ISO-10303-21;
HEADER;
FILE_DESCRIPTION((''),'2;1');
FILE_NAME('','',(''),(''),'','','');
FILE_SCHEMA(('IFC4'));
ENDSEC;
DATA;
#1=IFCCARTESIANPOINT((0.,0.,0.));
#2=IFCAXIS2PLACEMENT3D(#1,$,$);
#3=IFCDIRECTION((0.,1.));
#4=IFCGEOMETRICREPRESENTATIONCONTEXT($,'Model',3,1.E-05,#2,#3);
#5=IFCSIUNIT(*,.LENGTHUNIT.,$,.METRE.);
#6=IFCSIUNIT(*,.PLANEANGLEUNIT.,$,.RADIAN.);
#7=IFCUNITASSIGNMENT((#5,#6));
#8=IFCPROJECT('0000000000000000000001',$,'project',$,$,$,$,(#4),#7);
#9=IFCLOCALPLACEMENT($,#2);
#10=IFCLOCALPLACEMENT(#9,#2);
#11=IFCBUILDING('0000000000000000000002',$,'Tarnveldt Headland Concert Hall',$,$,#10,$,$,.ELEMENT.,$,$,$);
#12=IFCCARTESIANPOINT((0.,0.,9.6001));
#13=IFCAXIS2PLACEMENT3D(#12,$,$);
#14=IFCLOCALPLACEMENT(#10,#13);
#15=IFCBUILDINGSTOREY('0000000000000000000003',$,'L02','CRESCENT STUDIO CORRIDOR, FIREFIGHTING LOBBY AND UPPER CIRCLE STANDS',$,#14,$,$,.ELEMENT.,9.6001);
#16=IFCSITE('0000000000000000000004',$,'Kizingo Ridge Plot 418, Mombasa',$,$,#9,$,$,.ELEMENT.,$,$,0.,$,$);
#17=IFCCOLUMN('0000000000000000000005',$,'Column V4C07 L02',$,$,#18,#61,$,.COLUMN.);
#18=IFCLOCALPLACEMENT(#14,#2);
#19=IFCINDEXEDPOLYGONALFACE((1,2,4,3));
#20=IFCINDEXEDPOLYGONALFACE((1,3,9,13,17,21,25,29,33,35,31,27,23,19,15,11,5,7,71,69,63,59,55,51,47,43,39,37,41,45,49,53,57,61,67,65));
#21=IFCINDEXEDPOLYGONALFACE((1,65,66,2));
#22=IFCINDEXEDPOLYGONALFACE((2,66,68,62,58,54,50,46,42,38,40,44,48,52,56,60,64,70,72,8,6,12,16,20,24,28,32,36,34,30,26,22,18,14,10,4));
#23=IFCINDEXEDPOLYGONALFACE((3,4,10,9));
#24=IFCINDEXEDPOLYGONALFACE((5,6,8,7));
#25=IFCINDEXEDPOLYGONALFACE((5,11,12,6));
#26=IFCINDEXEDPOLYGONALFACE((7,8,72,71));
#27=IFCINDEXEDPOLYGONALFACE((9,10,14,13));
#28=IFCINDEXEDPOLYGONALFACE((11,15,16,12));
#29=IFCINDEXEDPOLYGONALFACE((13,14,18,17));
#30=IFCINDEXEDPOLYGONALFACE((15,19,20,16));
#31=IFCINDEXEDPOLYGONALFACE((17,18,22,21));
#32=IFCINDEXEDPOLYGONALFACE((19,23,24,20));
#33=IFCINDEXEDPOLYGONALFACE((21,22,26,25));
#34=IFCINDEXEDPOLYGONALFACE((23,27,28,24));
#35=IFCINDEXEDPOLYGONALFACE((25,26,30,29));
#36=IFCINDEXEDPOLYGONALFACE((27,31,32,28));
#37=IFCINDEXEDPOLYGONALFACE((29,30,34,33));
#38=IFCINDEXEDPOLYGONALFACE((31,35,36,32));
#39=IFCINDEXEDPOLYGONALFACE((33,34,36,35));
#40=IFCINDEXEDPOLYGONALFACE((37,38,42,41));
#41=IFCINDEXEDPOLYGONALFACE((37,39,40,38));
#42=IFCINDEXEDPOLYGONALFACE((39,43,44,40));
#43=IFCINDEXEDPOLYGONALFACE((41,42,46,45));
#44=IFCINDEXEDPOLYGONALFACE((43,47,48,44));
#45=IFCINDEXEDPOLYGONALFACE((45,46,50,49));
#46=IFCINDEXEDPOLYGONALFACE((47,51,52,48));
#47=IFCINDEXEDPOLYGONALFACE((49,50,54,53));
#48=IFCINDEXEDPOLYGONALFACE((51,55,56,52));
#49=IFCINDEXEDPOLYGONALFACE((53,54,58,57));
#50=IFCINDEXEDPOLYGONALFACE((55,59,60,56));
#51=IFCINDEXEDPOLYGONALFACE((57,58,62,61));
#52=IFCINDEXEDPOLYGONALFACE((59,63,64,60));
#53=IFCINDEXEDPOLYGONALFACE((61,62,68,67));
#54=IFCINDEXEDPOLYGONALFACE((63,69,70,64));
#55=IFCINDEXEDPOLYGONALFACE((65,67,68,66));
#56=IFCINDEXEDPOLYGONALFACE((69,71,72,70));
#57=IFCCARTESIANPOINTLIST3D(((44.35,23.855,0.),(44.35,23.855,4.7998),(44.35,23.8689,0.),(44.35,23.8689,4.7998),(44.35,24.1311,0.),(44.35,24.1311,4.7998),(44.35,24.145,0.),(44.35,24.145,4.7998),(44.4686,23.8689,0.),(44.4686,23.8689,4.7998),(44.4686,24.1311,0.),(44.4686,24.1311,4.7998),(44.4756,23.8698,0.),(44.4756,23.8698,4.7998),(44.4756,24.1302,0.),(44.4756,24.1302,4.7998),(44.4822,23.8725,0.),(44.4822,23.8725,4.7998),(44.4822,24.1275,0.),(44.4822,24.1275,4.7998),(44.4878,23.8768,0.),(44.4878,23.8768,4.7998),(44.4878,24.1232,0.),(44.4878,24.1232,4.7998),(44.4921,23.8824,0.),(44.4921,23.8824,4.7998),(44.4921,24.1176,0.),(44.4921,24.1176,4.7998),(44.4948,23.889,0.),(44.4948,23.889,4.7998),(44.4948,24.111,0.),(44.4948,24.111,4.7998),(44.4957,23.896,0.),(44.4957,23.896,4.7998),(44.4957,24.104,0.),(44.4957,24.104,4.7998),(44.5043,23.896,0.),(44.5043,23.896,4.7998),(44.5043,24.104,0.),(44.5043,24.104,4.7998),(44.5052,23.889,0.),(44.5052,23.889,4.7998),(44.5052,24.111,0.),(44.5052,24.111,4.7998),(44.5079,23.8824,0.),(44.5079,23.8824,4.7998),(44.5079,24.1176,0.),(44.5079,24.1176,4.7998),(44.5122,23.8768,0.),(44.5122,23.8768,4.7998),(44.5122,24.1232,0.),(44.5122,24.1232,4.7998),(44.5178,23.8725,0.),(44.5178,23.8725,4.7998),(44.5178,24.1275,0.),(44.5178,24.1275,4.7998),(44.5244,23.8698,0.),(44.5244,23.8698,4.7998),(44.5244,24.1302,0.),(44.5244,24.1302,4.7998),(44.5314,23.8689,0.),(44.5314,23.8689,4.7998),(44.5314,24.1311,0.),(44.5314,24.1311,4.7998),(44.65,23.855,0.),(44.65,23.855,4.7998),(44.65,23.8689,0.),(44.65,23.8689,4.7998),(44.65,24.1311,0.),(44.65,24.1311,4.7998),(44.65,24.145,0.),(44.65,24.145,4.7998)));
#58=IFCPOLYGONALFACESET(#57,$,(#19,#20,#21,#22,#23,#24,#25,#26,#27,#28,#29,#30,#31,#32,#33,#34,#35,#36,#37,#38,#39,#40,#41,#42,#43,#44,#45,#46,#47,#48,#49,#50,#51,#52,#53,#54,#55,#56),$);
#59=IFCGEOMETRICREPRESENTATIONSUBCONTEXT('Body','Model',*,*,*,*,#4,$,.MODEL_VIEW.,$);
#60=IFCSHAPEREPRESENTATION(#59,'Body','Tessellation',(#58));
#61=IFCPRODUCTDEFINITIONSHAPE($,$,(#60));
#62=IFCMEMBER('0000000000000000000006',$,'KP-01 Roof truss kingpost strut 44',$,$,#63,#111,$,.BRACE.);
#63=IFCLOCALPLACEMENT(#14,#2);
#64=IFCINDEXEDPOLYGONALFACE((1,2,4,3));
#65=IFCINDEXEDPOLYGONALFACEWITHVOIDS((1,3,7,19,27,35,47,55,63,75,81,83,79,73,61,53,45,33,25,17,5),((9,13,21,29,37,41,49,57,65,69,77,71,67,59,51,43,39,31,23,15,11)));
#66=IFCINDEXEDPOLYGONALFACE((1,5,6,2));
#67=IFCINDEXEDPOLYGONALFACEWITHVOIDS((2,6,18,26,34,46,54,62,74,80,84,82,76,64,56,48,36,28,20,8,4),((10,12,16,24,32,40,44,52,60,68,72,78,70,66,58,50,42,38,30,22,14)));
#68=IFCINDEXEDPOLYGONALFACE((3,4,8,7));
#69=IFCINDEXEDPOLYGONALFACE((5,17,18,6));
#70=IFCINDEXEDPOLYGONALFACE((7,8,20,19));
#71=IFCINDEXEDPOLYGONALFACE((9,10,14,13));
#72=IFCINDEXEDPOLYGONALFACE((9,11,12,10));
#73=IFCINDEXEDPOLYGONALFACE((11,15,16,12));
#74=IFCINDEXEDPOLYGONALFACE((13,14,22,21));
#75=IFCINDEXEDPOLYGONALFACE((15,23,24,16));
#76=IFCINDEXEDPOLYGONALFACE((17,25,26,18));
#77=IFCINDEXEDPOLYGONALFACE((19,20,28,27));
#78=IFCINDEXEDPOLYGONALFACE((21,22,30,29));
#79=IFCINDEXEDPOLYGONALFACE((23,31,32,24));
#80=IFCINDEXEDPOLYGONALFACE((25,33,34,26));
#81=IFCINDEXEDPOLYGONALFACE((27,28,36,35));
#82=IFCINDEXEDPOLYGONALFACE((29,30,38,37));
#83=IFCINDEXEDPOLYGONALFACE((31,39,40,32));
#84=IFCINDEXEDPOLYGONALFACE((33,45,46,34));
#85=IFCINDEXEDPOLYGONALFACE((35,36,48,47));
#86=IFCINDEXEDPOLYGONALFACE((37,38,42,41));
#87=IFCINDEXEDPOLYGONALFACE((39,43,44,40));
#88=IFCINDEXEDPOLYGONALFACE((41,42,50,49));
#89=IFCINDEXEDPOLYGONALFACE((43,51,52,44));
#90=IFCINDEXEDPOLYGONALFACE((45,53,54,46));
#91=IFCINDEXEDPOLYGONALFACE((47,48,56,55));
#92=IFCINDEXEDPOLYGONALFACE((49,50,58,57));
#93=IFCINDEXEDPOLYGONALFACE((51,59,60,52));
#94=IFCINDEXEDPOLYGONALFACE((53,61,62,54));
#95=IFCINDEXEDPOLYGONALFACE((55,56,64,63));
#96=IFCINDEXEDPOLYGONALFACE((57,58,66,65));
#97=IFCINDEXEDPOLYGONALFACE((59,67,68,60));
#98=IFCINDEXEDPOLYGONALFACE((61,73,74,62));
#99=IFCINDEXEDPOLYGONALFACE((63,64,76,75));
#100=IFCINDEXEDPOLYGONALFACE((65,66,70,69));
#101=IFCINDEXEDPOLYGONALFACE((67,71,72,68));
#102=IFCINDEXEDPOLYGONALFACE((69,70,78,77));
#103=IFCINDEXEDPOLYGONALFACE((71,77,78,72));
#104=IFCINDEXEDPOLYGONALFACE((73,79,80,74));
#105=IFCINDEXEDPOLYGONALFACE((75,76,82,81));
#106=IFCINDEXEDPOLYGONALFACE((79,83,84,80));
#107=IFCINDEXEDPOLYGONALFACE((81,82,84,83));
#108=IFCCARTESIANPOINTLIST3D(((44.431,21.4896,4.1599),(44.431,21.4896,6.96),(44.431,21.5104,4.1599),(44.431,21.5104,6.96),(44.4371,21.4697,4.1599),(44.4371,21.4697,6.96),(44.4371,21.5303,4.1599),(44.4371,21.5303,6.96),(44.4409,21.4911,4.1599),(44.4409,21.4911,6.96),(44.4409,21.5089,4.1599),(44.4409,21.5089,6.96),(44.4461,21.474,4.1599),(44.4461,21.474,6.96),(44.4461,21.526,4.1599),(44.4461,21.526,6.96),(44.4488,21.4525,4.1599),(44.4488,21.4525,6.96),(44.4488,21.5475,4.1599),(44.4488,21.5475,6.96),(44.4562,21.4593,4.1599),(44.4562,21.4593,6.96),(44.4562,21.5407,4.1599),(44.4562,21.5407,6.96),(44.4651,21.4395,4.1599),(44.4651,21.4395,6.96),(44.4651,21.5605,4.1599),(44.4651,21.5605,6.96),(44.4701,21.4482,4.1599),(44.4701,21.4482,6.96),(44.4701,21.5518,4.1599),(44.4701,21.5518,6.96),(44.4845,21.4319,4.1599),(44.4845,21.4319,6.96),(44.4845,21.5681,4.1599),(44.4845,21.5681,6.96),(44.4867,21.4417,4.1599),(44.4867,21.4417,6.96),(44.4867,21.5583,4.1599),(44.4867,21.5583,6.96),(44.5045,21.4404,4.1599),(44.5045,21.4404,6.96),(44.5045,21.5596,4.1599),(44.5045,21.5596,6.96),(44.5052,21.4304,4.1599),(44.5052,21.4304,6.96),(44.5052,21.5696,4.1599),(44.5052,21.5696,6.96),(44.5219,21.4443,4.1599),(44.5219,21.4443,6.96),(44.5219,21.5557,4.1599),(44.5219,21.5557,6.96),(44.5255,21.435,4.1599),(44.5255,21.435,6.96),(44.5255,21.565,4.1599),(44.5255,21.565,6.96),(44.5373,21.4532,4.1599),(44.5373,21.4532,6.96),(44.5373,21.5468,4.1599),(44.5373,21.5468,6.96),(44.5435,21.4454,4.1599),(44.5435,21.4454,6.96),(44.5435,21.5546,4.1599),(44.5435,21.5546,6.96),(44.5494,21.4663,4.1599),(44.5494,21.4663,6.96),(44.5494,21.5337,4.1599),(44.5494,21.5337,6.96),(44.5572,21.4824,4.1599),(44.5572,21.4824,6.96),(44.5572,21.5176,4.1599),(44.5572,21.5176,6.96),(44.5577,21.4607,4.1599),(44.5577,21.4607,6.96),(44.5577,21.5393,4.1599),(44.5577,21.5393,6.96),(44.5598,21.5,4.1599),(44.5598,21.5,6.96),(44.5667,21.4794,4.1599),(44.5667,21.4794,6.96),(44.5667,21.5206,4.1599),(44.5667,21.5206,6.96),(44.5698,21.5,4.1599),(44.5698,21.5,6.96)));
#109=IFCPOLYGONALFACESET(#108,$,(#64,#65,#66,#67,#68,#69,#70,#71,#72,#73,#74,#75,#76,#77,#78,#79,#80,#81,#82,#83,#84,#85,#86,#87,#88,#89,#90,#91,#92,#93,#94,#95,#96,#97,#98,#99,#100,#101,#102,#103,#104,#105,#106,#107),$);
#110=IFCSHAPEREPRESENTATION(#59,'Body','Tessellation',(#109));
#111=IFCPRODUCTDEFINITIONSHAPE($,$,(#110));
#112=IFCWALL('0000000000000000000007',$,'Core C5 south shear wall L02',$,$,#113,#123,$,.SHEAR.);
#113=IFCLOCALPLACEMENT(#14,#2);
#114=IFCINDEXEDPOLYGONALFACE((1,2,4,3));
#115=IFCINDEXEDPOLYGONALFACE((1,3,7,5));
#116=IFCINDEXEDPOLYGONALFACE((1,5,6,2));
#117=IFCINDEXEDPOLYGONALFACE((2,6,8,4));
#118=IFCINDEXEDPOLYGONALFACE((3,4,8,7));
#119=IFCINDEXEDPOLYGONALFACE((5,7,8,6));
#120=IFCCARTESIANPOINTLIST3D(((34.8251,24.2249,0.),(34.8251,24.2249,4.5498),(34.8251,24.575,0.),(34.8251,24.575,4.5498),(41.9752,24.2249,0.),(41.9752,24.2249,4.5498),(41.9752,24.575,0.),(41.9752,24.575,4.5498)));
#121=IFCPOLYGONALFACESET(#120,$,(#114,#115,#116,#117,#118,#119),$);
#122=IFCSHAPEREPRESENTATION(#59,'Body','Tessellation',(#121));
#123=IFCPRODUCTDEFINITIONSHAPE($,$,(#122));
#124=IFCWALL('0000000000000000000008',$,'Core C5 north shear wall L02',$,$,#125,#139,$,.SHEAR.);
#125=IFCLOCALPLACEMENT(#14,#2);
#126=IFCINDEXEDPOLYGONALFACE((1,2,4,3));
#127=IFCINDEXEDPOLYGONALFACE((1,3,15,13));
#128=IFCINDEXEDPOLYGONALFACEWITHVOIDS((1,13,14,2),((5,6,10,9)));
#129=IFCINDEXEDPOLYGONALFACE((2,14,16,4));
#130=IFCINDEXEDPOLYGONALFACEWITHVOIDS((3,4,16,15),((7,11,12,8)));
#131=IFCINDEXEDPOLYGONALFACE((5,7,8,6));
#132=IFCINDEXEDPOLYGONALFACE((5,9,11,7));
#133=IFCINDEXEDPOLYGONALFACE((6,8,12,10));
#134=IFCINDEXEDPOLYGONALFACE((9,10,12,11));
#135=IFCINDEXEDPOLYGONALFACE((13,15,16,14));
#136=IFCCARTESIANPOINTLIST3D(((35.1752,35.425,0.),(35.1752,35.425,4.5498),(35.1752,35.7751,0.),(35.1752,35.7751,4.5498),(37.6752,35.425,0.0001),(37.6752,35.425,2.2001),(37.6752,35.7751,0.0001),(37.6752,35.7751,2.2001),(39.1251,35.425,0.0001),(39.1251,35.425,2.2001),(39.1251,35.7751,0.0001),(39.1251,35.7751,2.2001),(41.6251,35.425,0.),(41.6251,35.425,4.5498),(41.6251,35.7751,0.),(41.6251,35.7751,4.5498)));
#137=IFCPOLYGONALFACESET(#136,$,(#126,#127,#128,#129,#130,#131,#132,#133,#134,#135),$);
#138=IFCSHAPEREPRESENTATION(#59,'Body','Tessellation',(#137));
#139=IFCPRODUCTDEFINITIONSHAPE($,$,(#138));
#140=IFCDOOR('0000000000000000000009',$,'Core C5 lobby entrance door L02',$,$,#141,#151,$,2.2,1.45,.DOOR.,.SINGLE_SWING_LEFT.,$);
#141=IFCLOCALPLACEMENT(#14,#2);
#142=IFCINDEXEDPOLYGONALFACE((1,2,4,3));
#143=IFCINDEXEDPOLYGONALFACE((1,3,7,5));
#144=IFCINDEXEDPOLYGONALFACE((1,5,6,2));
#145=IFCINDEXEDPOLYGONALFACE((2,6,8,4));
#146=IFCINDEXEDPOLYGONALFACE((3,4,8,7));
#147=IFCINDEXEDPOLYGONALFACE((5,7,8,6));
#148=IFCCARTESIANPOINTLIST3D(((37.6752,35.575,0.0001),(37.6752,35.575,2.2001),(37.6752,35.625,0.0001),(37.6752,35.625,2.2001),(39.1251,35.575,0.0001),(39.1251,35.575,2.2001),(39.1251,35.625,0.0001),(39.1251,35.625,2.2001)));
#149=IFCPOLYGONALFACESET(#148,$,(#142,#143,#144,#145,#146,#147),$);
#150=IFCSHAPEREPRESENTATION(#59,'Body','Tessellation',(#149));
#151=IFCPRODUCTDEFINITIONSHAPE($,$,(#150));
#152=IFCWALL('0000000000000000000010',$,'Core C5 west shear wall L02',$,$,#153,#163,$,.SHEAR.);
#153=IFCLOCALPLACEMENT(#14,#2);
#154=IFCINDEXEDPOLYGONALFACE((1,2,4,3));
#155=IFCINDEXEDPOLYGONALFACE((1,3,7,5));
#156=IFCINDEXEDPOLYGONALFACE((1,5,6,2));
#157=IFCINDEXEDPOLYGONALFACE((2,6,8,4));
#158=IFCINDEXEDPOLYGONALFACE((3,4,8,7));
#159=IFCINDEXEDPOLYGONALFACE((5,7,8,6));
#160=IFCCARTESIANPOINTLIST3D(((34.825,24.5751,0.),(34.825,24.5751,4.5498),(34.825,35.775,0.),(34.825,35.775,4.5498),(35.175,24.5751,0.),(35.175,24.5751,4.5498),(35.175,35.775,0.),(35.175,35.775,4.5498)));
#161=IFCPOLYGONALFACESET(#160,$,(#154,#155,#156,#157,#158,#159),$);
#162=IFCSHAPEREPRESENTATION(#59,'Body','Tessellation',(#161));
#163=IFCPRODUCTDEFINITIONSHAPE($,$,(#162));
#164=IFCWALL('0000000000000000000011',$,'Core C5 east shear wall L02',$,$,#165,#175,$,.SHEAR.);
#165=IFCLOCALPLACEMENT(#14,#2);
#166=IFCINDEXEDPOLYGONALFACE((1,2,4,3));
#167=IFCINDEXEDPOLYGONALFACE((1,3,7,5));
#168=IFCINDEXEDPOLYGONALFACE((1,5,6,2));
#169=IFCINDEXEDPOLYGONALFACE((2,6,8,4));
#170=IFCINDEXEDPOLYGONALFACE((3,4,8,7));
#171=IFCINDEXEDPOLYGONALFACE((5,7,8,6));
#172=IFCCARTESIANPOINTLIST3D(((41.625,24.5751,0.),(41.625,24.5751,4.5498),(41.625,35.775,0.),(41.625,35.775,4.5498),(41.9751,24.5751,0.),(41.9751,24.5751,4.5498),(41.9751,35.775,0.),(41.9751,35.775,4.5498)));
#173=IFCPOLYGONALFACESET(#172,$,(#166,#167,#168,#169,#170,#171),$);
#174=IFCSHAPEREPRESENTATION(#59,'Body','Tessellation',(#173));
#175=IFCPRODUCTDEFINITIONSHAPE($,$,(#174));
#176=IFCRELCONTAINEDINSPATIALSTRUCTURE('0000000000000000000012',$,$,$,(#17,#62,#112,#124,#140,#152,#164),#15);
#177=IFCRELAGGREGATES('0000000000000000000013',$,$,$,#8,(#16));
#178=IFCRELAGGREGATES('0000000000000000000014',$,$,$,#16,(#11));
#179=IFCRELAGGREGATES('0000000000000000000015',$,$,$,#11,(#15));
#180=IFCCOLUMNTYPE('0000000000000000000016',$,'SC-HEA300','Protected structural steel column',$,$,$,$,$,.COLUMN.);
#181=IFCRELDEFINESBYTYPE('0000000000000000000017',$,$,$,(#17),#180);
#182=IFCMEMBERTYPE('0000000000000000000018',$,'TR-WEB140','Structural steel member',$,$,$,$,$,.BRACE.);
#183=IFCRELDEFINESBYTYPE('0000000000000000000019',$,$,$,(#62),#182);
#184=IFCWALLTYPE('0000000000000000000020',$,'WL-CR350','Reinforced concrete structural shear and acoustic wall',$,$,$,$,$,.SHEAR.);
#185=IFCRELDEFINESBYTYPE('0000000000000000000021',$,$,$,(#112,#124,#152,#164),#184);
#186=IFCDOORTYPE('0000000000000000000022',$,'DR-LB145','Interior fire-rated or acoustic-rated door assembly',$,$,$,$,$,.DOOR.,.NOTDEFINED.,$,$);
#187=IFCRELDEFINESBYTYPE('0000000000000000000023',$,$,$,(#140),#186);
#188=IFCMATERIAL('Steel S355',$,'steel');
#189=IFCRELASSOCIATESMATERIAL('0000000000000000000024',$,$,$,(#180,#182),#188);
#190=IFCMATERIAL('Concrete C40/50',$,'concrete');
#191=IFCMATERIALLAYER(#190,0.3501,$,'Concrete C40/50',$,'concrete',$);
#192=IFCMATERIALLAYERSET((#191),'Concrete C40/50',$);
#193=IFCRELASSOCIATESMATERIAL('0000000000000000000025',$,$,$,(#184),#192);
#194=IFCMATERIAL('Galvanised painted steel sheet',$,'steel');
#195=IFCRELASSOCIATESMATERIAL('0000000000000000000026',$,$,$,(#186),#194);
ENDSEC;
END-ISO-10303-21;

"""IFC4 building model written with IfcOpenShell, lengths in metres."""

from ifc_helpers import new_model, si_unit, direction, frame, frame_2d, origin, origin_2d, place, context, subcontext, project, spatial, rectangle, hollow_circle, i_section, extrude, material, layer, layer_set, material_profile, profile_set, type_object, element, fill, save


model = new_model("IFC4")

# Units and contexts
model_context = context("Model", 3, precision=1e-05, world=origin(), true_north=direction((0.0, 1.0)))
body_context = subcontext(model_context, "Body", "Model", "MODEL_VIEW")
ifc_project = project(units=[si_unit("LENGTHUNIT", "METRE"), si_unit("PLANEANGLEUNIT", "RADIAN")], contexts=[model_context])

# Site, building, storey
site_placement = place(None, origin())
site = spatial("IfcSite", under=ifc_project, at=site_placement, Name="Kizingo Ridge Plot 418, Mombasa", CompositionType="ELEMENT", RefElevation=0.0)
building_placement = place(site_placement, origin())
building = spatial("IfcBuilding", under=site, at=building_placement, Name="Tarnveldt Headland Concert Hall", CompositionType="ELEMENT")
storey_placement = place(building_placement, frame((0.0, 0.0, 9.6001)))
storey = spatial("IfcBuildingStorey", under=building, at=storey_placement, Name="L02", Description="CRESCENT STUDIO CORRIDOR, FIREFIGHTING LOBBY AND UPPER CIRCLE STANDS", CompositionType="ELEMENT", Elevation=9.6001)

# Column
ifc_material_1 = material(Name="Steel S355", Category="steel")
ifc_material_profile_1 = material_profile(ifc_material_1, i_section(OverallWidth=0.3, OverallDepth=0.29, WebThickness=0.0085, FlangeThickness=0.0139, FilletRadius=0.0271, at=origin_2d()), Name="HEA300", Category="steel")
ifc_profile_set_1 = profile_set([ifc_material_profile_1], Name="Steel S355")
column_type = type_object("IfcColumnType", Name="SC-HEA300", Description="Protected structural steel column", PredefinedType="COLUMN", material=ifc_profile_set_1)
column_placement = place(storey_placement, frame((44.5, 24.0, 0.0), z_axis=(0.0, 0.0, 1.0), x_axis=(1.0, 0.0, 0.0)))
element("IfcColumn", 1, at=column_placement, inside=storey, type_object=column_type, Name="Column V4C07 L02", PredefinedType="COLUMN", context=body_context, shape_type="SweptSolid", body=[
    extrude(i_section(OverallWidth=0.3, OverallDepth=0.29, WebThickness=0.0085, FlangeThickness=0.0139, FilletRadius=0.0271, at=origin_2d()), origin(), (0.0, 0.0, 1.0), 4.7998),
])

# Member
ifc_material_profile_2 = material_profile(ifc_material_1, hollow_circle(Radius=0.0698, WallThickness=0.01, at=origin_2d()), Name="CHS 139.7x10", Category="steel")
ifc_profile_set_2 = profile_set([ifc_material_profile_2], Name="Steel S355")
member_type = type_object("IfcMemberType", Name="TR-WEB140", Description="Structural steel member", PredefinedType="BRACE", material=ifc_profile_set_2)
member_placement = place(storey_placement, frame((44.5, 21.5, 4.1599), z_axis=(0.0, 0.0, 1.0), x_axis=(1.0, 0.0, 0.0)))
element("IfcMember", 2, at=member_placement, inside=storey, type_object=member_type, Name="KP-01 Roof truss kingpost strut 44", PredefinedType="BRACE", context=body_context, shape_type="SweptSolid", body=[
    extrude(hollow_circle(Radius=0.0698, WallThickness=0.01, at=origin_2d()), origin(), (0.0, 0.0, 1.0), 2.8),
])

# Wall
ifc_material_2 = material(Name="Concrete C40/50", Category="concrete")
ifc_layer_1 = layer(ifc_material_2, 0.3501, Name="Concrete C40/50", Category="concrete")
ifc_layer_set_1 = layer_set([ifc_layer_1], Name="Concrete C40/50")
wall_type_1 = type_object("IfcWallType", Name="WL-CR350", Description="Reinforced concrete structural shear and acoustic wall", PredefinedType="SHEAR", material=ifc_layer_set_1)
wall_1_placement = place(storey_placement, frame((34.825, 24.3999, 0.0), z_axis=(0.0, 0.0, 1.0), x_axis=(1.0, 0.0, 0.0)))
element("IfcWall", 3, at=wall_1_placement, inside=storey, type_object=wall_type_1, Name="Core C5 south shear wall L02", PredefinedType="SHEAR", context=body_context, shape_type="SweptSolid", body=[
    extrude(rectangle(XDim=7.1501, YDim=0.3501, at=frame_2d((3.5752, 0.0))), origin(), (0.0, 0.0, 1.0), 4.5498),
])

# Wall, opening, door
wall_2_placement = place(storey_placement, frame((35.175, 35.6001, 0.0), z_axis=(0.0, 0.0, 1.0), x_axis=(1.0, 0.0, 0.0)))
wall_2 = element("IfcWall", 4, at=wall_2_placement, inside=storey, type_object=wall_type_1, Name="Core C5 north shear wall L02", PredefinedType="SHEAR", context=body_context, shape_type="SweptSolid", body=[
    extrude(rectangle(XDim=6.45, YDim=0.3501, at=frame_2d((3.2251, 0.0))), origin(), (0.0, 0.0, 1.0), 4.5498),
])
opening_1_placement = place(wall_2_placement, frame((2.5, 0.0, 0.0)))
opening_1 = element("IfcOpeningElement", 5, at=opening_1_placement, cuts=wall_2, PredefinedType="OPENING", context=body_context, shape_type="SweptSolid", body=[
    extrude(rectangle(XDim=1.45, YDim=2.2, at=frame_2d((0.7251, 1.1001))), frame((0.0, 0.1851, 0.0), z_axis=(0.0, -1.0, 0.0), x_axis=(1.0, 0.0, 0.0)), (0.0, 0.0, 1.0), 0.3701),
])
ifc_material_3 = material(Name="Galvanised painted steel sheet", Category="steel")
door_type_1 = type_object("IfcDoorType", Name="DR-LB145", Description="Interior fire-rated or acoustic-rated door assembly", OperationType="NOTDEFINED", PredefinedType="DOOR", material=ifc_material_3)
door_1_placement = place(opening_1_placement, origin())
door_1 = element("IfcDoor", 6, at=door_1_placement, inside=storey, type_object=door_type_1, Name="Core C5 lobby entrance door L02", OperationType="SINGLE_SWING_LEFT", OverallHeight=2.2, OverallWidth=1.45, PredefinedType="DOOR", context=body_context, shape_type="SweptSolid", body=[
    extrude(rectangle(XDim=1.45, YDim=2.2, at=frame_2d((0.7251, 1.1001))), frame((0.0, 0.0249, 0.0), z_axis=(0.0, -1.0, 0.0), x_axis=(1.0, 0.0, 0.0)), (0.0, 0.0, 1.0), 0.05),
])
fill(opening_1, door_1)

# Walls
for number, where, z_axis, x_axis, name in (
    (7, (35.0, 24.575, 0.0), (0.0, 0.0, 1.0), (0.0, 1.0, 0.0), "Core C5 west shear wall L02"),
    (8, (41.8, 24.575, 0.0), (0.0, 0.0, 1.0), (0.0, 1.0, 0.0), "Core C5 east shear wall L02"),
):
    element("IfcWall", number, at=place(storey_placement, frame(where, z_axis=z_axis, x_axis=x_axis)), inside=storey, type_object=wall_type_1, Name=name, PredefinedType="SHEAR", context=body_context, shape_type="SweptSolid", body=[
        extrude(rectangle(XDim=11.2, YDim=0.3501, at=frame_2d((5.6001, 0.0))), origin(), (0.0, 0.0, 1.0), 4.5498),
    ])

save(model, "model.ifc")
